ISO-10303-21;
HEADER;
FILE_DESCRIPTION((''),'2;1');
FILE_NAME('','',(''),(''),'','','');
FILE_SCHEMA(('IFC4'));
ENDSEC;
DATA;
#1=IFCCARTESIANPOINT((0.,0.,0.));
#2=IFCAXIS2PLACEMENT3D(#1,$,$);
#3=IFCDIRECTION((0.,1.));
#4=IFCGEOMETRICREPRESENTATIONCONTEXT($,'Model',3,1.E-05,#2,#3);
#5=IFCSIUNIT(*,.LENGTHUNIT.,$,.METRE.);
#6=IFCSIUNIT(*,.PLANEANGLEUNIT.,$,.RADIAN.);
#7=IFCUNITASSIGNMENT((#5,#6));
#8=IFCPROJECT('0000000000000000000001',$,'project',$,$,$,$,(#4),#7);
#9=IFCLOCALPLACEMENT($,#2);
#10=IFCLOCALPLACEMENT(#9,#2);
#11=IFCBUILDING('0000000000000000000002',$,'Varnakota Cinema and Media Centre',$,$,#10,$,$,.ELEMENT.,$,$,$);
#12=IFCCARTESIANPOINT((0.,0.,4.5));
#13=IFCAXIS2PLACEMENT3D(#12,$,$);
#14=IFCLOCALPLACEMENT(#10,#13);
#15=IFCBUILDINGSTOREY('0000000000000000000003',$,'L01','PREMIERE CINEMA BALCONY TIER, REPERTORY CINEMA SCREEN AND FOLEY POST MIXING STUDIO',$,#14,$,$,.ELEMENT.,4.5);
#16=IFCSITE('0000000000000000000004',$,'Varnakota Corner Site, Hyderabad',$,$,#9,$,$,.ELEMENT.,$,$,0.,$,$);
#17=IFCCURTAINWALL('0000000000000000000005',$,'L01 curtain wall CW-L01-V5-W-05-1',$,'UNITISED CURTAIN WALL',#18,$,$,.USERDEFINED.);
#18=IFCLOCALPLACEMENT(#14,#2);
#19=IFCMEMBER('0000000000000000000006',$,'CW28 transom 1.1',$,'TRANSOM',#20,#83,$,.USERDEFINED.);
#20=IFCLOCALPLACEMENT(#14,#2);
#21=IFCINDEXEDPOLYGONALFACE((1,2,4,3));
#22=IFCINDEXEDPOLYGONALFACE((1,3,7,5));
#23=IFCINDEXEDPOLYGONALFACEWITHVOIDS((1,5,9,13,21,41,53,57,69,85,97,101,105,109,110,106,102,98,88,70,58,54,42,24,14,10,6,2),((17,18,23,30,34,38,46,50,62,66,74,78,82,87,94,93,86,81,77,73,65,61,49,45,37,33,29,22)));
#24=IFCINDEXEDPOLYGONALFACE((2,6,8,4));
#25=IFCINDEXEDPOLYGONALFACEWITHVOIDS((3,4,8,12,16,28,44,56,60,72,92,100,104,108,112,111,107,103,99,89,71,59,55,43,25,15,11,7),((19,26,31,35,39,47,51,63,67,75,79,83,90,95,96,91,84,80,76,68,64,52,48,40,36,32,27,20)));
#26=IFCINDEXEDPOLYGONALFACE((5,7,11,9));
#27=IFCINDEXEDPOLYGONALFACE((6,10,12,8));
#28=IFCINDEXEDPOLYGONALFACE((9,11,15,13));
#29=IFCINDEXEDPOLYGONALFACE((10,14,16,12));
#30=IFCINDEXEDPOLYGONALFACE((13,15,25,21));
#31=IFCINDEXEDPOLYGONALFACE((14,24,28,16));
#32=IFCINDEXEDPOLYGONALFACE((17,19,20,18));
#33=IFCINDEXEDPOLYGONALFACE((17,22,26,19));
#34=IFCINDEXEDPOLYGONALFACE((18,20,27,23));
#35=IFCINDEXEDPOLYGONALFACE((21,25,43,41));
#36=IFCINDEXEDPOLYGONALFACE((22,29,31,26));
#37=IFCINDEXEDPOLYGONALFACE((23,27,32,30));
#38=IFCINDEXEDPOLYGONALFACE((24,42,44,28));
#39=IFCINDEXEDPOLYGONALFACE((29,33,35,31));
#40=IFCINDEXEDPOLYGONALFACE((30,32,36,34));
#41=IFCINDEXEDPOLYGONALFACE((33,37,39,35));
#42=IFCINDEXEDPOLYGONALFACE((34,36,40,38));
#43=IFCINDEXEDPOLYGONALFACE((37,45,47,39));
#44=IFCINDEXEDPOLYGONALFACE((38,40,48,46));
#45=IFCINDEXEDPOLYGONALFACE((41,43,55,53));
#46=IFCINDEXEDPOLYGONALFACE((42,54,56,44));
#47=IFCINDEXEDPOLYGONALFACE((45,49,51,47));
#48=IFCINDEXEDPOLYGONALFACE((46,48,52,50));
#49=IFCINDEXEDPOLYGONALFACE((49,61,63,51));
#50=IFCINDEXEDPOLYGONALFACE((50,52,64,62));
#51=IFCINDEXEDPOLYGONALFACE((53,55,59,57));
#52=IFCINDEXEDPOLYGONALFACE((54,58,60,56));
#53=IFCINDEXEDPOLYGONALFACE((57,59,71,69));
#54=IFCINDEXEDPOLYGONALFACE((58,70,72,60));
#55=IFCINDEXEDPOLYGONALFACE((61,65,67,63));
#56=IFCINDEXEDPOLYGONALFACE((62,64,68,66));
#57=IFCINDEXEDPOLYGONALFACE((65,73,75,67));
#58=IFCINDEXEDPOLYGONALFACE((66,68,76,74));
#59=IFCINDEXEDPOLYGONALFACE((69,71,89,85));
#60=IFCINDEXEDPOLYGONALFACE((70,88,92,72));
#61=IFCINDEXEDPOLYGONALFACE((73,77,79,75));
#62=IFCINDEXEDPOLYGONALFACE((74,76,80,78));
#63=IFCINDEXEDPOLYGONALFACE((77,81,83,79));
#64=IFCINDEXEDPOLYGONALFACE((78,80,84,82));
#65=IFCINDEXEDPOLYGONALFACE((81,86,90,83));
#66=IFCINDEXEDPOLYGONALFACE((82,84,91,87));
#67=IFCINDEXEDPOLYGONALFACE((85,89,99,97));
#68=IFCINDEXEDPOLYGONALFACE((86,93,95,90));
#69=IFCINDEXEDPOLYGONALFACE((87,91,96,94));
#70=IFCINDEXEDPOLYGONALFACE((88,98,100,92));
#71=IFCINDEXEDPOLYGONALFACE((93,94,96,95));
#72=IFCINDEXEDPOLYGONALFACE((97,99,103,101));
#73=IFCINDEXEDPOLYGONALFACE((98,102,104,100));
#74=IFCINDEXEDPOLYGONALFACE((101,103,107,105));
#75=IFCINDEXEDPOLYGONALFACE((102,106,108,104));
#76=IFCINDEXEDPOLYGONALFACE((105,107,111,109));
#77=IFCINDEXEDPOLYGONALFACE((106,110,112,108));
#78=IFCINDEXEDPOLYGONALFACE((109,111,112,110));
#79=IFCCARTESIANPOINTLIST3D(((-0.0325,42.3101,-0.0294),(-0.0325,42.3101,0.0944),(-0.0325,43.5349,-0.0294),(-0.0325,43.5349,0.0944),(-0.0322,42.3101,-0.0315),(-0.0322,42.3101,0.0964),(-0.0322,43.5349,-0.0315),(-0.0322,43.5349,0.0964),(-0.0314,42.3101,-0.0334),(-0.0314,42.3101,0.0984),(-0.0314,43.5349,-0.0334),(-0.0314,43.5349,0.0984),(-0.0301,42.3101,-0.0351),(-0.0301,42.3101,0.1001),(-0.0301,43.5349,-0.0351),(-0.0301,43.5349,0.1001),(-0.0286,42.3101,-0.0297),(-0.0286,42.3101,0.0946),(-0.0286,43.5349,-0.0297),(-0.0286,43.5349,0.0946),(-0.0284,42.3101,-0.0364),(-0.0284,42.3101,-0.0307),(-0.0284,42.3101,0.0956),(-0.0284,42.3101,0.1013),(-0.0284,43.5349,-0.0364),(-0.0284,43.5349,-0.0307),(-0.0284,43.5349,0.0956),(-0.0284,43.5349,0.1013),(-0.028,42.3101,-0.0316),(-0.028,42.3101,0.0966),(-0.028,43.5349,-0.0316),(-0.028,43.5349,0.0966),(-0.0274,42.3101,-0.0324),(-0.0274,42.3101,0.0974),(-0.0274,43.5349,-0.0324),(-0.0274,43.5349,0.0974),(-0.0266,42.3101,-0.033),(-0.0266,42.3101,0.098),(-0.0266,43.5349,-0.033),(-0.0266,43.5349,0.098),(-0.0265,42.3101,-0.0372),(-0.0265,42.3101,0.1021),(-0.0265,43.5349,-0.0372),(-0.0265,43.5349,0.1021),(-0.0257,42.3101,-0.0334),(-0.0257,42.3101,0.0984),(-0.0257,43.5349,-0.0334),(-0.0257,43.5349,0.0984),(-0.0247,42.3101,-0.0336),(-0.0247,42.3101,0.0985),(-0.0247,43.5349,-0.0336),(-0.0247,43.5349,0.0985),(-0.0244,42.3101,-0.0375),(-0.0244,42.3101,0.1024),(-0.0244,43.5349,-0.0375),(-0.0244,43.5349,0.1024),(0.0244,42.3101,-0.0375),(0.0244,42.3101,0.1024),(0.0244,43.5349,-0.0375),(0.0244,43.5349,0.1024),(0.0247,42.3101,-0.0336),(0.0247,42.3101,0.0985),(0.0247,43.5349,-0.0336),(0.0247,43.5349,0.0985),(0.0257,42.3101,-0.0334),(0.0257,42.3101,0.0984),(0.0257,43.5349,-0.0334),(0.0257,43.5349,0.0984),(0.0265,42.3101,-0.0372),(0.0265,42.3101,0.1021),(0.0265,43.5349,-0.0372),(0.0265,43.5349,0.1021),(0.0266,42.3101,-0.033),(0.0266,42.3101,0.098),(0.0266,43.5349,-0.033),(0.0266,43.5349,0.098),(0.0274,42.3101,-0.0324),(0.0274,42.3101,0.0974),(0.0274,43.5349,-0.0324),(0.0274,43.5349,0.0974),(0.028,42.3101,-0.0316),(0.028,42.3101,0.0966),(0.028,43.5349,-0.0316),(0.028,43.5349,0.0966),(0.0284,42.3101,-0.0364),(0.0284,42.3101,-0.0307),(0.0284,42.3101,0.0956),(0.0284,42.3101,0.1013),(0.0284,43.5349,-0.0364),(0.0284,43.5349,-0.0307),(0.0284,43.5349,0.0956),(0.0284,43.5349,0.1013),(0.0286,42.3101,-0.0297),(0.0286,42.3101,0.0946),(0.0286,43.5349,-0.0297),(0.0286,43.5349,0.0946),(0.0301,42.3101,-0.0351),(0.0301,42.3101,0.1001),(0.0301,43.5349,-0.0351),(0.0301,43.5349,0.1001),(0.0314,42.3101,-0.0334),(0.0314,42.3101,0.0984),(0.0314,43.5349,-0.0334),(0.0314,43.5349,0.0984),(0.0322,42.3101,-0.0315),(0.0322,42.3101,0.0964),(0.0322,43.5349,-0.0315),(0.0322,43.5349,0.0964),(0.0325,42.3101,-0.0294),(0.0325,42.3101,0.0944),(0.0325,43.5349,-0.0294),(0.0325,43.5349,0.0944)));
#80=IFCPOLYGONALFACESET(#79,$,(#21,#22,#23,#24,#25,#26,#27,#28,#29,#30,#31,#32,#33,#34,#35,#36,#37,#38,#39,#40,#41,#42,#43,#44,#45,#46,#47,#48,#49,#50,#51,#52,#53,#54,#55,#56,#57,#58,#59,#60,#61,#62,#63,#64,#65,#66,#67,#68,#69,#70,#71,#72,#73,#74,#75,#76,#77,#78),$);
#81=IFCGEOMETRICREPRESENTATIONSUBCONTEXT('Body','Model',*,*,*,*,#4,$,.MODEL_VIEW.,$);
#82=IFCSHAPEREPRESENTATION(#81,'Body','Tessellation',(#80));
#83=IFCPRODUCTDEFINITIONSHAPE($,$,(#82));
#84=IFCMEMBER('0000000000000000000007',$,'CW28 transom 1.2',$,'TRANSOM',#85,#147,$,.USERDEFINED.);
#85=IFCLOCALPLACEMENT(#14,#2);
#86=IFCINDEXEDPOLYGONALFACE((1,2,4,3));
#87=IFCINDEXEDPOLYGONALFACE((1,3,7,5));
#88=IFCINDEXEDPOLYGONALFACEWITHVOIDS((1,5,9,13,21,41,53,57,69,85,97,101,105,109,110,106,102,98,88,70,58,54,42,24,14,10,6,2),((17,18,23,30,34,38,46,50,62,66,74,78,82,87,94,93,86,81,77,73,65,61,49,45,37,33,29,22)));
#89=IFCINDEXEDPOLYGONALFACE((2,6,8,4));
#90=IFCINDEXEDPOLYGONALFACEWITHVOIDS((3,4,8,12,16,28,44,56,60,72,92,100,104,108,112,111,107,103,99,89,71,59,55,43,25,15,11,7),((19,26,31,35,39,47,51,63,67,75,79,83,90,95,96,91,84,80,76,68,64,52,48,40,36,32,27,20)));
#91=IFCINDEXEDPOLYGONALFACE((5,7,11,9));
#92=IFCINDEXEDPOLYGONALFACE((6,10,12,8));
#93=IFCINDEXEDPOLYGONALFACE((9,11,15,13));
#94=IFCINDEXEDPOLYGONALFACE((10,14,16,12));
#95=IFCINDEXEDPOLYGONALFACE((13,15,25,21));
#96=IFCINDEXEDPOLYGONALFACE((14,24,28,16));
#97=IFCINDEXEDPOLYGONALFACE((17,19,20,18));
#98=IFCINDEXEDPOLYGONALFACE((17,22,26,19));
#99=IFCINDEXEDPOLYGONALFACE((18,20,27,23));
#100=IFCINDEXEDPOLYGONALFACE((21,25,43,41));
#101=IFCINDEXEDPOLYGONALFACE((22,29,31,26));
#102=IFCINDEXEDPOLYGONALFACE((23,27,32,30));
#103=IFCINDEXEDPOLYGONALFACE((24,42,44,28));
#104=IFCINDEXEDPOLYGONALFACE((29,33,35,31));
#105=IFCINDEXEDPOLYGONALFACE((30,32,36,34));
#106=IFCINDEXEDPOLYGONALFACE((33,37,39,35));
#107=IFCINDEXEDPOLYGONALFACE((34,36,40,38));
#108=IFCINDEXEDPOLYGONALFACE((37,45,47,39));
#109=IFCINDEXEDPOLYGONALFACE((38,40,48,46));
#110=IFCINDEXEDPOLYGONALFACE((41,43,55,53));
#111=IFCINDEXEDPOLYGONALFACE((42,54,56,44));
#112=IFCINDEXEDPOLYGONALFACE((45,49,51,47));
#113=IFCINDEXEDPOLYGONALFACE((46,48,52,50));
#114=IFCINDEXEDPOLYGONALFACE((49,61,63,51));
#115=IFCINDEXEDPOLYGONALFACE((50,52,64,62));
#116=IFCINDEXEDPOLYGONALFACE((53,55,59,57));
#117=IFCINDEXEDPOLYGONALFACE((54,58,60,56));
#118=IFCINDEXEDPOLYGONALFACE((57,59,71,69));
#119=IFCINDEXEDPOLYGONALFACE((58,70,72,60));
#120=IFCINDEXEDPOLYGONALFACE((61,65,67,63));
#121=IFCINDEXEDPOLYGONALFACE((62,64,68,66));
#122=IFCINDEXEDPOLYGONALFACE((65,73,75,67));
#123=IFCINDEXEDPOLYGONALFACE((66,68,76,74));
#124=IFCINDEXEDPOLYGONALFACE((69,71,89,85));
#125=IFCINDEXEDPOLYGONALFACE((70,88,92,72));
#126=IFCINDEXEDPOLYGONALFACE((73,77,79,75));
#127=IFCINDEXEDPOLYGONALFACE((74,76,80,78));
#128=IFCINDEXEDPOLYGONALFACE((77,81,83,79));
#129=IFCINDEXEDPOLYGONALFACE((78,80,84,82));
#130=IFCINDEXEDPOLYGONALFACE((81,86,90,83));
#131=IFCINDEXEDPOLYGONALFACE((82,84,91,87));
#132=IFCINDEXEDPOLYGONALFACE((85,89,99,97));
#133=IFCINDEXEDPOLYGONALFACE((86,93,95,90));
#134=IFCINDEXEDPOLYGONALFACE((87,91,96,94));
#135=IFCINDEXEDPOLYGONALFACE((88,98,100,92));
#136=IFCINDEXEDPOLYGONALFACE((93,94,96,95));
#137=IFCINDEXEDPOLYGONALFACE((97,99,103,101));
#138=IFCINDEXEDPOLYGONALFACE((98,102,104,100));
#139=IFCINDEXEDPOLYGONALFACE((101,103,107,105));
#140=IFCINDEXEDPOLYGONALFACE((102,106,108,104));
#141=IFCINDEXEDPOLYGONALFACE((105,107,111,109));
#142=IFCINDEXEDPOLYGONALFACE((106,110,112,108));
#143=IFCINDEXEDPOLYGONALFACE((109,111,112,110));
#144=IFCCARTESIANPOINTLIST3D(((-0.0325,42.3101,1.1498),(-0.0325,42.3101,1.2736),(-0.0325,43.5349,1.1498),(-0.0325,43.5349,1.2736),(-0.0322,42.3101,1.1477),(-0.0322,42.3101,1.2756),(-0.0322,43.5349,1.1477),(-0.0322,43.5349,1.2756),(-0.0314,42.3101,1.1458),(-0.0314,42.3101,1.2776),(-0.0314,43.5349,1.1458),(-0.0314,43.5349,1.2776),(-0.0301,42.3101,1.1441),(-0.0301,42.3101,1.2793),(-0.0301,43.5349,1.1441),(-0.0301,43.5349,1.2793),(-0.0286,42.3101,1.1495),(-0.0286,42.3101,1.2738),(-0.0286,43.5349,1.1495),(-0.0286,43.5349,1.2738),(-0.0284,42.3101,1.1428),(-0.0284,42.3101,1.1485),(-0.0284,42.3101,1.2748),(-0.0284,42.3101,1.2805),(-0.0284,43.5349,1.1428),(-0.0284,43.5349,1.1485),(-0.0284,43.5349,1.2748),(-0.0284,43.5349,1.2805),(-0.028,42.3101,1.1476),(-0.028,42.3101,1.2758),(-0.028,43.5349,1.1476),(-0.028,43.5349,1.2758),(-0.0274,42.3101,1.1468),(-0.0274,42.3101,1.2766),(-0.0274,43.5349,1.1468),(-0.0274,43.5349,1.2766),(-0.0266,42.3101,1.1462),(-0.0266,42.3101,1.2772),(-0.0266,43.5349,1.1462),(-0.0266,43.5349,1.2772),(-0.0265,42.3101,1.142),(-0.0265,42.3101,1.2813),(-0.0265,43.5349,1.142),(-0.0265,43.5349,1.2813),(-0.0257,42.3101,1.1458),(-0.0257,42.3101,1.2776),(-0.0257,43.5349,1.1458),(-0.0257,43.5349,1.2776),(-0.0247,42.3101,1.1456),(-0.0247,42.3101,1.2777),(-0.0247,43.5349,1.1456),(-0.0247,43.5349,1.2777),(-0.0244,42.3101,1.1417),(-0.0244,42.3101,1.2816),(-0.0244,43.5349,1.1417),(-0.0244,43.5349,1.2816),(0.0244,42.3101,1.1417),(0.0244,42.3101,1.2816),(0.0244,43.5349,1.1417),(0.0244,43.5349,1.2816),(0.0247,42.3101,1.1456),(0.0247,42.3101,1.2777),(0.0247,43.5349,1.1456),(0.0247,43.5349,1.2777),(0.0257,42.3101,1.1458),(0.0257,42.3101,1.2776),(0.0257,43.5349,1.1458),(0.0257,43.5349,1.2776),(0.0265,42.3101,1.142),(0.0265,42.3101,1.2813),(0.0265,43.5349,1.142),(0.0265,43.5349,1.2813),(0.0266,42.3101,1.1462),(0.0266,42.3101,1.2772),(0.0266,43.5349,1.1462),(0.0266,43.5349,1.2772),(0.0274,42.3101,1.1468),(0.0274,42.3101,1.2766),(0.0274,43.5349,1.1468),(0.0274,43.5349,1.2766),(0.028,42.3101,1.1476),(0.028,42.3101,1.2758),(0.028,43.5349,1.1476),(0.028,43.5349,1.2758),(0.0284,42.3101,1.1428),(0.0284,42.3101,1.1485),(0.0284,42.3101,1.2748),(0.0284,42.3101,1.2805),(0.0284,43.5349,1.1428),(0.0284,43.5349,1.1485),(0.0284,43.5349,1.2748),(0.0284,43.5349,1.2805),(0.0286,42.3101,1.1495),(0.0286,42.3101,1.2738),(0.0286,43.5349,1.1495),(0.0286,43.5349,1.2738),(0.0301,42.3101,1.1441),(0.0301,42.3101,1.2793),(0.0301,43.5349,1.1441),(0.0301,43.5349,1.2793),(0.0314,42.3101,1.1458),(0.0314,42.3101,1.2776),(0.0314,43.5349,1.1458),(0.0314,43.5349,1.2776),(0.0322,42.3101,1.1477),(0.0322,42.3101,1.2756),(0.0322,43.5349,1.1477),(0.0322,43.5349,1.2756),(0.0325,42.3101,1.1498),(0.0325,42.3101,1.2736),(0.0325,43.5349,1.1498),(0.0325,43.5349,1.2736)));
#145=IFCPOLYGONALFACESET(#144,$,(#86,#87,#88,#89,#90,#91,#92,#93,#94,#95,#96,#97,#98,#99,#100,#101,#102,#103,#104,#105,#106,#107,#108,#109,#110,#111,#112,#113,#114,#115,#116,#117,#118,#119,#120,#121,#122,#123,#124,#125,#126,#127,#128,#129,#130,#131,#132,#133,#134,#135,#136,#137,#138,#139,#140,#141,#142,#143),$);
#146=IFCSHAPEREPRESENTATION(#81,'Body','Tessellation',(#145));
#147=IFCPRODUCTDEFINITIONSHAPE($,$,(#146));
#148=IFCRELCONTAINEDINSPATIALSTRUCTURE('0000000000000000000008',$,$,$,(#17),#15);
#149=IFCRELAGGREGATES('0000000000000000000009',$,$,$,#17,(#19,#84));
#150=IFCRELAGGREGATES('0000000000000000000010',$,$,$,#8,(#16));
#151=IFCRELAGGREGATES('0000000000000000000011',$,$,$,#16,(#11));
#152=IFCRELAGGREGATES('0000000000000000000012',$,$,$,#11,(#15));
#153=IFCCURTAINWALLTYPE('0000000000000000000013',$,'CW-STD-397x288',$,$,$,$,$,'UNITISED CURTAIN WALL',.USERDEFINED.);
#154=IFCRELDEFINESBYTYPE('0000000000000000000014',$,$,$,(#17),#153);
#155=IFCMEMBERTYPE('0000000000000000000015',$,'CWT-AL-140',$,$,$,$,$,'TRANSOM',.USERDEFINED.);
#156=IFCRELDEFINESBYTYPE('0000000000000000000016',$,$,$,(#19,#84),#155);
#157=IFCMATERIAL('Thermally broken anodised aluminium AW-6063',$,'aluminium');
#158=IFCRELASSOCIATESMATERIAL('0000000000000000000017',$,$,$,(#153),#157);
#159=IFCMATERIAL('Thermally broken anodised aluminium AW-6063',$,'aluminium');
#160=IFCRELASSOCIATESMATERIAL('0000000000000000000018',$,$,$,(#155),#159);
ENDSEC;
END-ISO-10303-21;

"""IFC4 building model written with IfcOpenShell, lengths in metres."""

from ifc_helpers import new_model, si_unit, direction, frame, origin, origin_2d, place, context, subcontext, project, spatial, hollow_rectangle, extrude, material, material_profile, profile_set, type_object, element, aggregate, save


model = new_model("IFC4")

# Units and contexts
model_context = context("Model", 3, precision=1e-05, world=origin(), true_north=direction((0.0, 1.0)))
body_context = subcontext(model_context, "Body", "Model", "MODEL_VIEW")
ifc_project = project(units=[si_unit("LENGTHUNIT", "METRE"), si_unit("PLANEANGLEUNIT", "RADIAN")], contexts=[model_context])

# Site, building, storey
site_placement = place(None, origin())
site = spatial("IfcSite", under=ifc_project, at=site_placement, Name="Varnakota Corner Site, Hyderabad", CompositionType="ELEMENT", RefElevation=0.0)
building_placement = place(site_placement, origin())
building = spatial("IfcBuilding", under=site, at=building_placement, Name="Varnakota Cinema and Media Centre", CompositionType="ELEMENT")
storey_placement = place(building_placement, frame((0.0, 0.0, 4.5)))
storey = spatial("IfcBuildingStorey", under=building, at=storey_placement, Name="L01", Description="PREMIERE CINEMA BALCONY TIER, REPERTORY CINEMA SCREEN AND FOLEY POST MIXING STUDIO", CompositionType="ELEMENT", Elevation=4.5)

# Curtain wall, members
ifc_material_1 = material(Name="Thermally broken anodised aluminium AW-6063", Category="aluminium")
curtain_wall_type = type_object("IfcCurtainWallType", Name="CW-STD-397x288", ElementType="UNITISED CURTAIN WALL", PredefinedType="USERDEFINED", material=ifc_material_1)
curtain_wall_placement = place(storey_placement, origin())
curtain_wall = element("IfcCurtainWall", 1, at=curtain_wall_placement, inside=storey, type_object=curtain_wall_type, Name="L01 curtain wall CW-L01-V5-W-05-1", ObjectType="UNITISED CURTAIN WALL", PredefinedType="USERDEFINED")
ifc_material_2 = material(Name="Thermally broken anodised aluminium AW-6063", Category="aluminium")
ifc_material_profile_1 = material_profile(ifc_material_2, hollow_rectangle(XDim=0.0649, YDim=0.1399, WallThickness=0.0039, InnerFilletRadius=0.0039, OuterFilletRadius=0.0081, at=origin_2d()), Name="AL-TRANSOM 140x65x4")
ifc_profile_set_1 = profile_set([ifc_material_profile_1], Name="Thermally broken anodised aluminium AW-6063")
member_type_1 = type_object("IfcMemberType", Name="CWT-AL-140", ElementType="TRANSOM", PredefinedType="USERDEFINED", material=ifc_profile_set_1)
member_1_placement = place(storey_placement, frame((0.0, 43.5349, 0.0325), z_axis=(0.0, -1.0, 0.0), x_axis=(1.0, 0.0, 0.0)))
member_1 = element("IfcMember", 2, at=member_1_placement, type_object=member_type_1, Name="CW28 transom 1.1", ObjectType="TRANSOM", PredefinedType="USERDEFINED", context=body_context, shape_type="SweptSolid", body=[
    extrude(hollow_rectangle(XDim=0.0649, YDim=0.1399, WallThickness=0.0039, InnerFilletRadius=0.0039, OuterFilletRadius=0.0081, at=origin_2d()), origin(), (0.0, 0.0, 1.0), 1.2249),
])
member_2_placement = place(storey_placement, frame((0.0, 43.5349, 1.2117), z_axis=(0.0, -1.0, 0.0), x_axis=(1.0, 0.0, 0.0)))
member_2 = element("IfcMember", 3, at=member_2_placement, type_object=member_type_1, Name="CW28 transom 1.2", ObjectType="TRANSOM", PredefinedType="USERDEFINED", context=body_context, shape_type="SweptSolid", body=[
    extrude(hollow_rectangle(XDim=0.0649, YDim=0.1399, WallThickness=0.0039, InnerFilletRadius=0.0039, OuterFilletRadius=0.0081, at=origin_2d()), origin(), (0.0, 0.0, 1.0), 1.2249),
])
aggregate(curtain_wall, [member_1, member_2])

save(model, "model.ifc")
